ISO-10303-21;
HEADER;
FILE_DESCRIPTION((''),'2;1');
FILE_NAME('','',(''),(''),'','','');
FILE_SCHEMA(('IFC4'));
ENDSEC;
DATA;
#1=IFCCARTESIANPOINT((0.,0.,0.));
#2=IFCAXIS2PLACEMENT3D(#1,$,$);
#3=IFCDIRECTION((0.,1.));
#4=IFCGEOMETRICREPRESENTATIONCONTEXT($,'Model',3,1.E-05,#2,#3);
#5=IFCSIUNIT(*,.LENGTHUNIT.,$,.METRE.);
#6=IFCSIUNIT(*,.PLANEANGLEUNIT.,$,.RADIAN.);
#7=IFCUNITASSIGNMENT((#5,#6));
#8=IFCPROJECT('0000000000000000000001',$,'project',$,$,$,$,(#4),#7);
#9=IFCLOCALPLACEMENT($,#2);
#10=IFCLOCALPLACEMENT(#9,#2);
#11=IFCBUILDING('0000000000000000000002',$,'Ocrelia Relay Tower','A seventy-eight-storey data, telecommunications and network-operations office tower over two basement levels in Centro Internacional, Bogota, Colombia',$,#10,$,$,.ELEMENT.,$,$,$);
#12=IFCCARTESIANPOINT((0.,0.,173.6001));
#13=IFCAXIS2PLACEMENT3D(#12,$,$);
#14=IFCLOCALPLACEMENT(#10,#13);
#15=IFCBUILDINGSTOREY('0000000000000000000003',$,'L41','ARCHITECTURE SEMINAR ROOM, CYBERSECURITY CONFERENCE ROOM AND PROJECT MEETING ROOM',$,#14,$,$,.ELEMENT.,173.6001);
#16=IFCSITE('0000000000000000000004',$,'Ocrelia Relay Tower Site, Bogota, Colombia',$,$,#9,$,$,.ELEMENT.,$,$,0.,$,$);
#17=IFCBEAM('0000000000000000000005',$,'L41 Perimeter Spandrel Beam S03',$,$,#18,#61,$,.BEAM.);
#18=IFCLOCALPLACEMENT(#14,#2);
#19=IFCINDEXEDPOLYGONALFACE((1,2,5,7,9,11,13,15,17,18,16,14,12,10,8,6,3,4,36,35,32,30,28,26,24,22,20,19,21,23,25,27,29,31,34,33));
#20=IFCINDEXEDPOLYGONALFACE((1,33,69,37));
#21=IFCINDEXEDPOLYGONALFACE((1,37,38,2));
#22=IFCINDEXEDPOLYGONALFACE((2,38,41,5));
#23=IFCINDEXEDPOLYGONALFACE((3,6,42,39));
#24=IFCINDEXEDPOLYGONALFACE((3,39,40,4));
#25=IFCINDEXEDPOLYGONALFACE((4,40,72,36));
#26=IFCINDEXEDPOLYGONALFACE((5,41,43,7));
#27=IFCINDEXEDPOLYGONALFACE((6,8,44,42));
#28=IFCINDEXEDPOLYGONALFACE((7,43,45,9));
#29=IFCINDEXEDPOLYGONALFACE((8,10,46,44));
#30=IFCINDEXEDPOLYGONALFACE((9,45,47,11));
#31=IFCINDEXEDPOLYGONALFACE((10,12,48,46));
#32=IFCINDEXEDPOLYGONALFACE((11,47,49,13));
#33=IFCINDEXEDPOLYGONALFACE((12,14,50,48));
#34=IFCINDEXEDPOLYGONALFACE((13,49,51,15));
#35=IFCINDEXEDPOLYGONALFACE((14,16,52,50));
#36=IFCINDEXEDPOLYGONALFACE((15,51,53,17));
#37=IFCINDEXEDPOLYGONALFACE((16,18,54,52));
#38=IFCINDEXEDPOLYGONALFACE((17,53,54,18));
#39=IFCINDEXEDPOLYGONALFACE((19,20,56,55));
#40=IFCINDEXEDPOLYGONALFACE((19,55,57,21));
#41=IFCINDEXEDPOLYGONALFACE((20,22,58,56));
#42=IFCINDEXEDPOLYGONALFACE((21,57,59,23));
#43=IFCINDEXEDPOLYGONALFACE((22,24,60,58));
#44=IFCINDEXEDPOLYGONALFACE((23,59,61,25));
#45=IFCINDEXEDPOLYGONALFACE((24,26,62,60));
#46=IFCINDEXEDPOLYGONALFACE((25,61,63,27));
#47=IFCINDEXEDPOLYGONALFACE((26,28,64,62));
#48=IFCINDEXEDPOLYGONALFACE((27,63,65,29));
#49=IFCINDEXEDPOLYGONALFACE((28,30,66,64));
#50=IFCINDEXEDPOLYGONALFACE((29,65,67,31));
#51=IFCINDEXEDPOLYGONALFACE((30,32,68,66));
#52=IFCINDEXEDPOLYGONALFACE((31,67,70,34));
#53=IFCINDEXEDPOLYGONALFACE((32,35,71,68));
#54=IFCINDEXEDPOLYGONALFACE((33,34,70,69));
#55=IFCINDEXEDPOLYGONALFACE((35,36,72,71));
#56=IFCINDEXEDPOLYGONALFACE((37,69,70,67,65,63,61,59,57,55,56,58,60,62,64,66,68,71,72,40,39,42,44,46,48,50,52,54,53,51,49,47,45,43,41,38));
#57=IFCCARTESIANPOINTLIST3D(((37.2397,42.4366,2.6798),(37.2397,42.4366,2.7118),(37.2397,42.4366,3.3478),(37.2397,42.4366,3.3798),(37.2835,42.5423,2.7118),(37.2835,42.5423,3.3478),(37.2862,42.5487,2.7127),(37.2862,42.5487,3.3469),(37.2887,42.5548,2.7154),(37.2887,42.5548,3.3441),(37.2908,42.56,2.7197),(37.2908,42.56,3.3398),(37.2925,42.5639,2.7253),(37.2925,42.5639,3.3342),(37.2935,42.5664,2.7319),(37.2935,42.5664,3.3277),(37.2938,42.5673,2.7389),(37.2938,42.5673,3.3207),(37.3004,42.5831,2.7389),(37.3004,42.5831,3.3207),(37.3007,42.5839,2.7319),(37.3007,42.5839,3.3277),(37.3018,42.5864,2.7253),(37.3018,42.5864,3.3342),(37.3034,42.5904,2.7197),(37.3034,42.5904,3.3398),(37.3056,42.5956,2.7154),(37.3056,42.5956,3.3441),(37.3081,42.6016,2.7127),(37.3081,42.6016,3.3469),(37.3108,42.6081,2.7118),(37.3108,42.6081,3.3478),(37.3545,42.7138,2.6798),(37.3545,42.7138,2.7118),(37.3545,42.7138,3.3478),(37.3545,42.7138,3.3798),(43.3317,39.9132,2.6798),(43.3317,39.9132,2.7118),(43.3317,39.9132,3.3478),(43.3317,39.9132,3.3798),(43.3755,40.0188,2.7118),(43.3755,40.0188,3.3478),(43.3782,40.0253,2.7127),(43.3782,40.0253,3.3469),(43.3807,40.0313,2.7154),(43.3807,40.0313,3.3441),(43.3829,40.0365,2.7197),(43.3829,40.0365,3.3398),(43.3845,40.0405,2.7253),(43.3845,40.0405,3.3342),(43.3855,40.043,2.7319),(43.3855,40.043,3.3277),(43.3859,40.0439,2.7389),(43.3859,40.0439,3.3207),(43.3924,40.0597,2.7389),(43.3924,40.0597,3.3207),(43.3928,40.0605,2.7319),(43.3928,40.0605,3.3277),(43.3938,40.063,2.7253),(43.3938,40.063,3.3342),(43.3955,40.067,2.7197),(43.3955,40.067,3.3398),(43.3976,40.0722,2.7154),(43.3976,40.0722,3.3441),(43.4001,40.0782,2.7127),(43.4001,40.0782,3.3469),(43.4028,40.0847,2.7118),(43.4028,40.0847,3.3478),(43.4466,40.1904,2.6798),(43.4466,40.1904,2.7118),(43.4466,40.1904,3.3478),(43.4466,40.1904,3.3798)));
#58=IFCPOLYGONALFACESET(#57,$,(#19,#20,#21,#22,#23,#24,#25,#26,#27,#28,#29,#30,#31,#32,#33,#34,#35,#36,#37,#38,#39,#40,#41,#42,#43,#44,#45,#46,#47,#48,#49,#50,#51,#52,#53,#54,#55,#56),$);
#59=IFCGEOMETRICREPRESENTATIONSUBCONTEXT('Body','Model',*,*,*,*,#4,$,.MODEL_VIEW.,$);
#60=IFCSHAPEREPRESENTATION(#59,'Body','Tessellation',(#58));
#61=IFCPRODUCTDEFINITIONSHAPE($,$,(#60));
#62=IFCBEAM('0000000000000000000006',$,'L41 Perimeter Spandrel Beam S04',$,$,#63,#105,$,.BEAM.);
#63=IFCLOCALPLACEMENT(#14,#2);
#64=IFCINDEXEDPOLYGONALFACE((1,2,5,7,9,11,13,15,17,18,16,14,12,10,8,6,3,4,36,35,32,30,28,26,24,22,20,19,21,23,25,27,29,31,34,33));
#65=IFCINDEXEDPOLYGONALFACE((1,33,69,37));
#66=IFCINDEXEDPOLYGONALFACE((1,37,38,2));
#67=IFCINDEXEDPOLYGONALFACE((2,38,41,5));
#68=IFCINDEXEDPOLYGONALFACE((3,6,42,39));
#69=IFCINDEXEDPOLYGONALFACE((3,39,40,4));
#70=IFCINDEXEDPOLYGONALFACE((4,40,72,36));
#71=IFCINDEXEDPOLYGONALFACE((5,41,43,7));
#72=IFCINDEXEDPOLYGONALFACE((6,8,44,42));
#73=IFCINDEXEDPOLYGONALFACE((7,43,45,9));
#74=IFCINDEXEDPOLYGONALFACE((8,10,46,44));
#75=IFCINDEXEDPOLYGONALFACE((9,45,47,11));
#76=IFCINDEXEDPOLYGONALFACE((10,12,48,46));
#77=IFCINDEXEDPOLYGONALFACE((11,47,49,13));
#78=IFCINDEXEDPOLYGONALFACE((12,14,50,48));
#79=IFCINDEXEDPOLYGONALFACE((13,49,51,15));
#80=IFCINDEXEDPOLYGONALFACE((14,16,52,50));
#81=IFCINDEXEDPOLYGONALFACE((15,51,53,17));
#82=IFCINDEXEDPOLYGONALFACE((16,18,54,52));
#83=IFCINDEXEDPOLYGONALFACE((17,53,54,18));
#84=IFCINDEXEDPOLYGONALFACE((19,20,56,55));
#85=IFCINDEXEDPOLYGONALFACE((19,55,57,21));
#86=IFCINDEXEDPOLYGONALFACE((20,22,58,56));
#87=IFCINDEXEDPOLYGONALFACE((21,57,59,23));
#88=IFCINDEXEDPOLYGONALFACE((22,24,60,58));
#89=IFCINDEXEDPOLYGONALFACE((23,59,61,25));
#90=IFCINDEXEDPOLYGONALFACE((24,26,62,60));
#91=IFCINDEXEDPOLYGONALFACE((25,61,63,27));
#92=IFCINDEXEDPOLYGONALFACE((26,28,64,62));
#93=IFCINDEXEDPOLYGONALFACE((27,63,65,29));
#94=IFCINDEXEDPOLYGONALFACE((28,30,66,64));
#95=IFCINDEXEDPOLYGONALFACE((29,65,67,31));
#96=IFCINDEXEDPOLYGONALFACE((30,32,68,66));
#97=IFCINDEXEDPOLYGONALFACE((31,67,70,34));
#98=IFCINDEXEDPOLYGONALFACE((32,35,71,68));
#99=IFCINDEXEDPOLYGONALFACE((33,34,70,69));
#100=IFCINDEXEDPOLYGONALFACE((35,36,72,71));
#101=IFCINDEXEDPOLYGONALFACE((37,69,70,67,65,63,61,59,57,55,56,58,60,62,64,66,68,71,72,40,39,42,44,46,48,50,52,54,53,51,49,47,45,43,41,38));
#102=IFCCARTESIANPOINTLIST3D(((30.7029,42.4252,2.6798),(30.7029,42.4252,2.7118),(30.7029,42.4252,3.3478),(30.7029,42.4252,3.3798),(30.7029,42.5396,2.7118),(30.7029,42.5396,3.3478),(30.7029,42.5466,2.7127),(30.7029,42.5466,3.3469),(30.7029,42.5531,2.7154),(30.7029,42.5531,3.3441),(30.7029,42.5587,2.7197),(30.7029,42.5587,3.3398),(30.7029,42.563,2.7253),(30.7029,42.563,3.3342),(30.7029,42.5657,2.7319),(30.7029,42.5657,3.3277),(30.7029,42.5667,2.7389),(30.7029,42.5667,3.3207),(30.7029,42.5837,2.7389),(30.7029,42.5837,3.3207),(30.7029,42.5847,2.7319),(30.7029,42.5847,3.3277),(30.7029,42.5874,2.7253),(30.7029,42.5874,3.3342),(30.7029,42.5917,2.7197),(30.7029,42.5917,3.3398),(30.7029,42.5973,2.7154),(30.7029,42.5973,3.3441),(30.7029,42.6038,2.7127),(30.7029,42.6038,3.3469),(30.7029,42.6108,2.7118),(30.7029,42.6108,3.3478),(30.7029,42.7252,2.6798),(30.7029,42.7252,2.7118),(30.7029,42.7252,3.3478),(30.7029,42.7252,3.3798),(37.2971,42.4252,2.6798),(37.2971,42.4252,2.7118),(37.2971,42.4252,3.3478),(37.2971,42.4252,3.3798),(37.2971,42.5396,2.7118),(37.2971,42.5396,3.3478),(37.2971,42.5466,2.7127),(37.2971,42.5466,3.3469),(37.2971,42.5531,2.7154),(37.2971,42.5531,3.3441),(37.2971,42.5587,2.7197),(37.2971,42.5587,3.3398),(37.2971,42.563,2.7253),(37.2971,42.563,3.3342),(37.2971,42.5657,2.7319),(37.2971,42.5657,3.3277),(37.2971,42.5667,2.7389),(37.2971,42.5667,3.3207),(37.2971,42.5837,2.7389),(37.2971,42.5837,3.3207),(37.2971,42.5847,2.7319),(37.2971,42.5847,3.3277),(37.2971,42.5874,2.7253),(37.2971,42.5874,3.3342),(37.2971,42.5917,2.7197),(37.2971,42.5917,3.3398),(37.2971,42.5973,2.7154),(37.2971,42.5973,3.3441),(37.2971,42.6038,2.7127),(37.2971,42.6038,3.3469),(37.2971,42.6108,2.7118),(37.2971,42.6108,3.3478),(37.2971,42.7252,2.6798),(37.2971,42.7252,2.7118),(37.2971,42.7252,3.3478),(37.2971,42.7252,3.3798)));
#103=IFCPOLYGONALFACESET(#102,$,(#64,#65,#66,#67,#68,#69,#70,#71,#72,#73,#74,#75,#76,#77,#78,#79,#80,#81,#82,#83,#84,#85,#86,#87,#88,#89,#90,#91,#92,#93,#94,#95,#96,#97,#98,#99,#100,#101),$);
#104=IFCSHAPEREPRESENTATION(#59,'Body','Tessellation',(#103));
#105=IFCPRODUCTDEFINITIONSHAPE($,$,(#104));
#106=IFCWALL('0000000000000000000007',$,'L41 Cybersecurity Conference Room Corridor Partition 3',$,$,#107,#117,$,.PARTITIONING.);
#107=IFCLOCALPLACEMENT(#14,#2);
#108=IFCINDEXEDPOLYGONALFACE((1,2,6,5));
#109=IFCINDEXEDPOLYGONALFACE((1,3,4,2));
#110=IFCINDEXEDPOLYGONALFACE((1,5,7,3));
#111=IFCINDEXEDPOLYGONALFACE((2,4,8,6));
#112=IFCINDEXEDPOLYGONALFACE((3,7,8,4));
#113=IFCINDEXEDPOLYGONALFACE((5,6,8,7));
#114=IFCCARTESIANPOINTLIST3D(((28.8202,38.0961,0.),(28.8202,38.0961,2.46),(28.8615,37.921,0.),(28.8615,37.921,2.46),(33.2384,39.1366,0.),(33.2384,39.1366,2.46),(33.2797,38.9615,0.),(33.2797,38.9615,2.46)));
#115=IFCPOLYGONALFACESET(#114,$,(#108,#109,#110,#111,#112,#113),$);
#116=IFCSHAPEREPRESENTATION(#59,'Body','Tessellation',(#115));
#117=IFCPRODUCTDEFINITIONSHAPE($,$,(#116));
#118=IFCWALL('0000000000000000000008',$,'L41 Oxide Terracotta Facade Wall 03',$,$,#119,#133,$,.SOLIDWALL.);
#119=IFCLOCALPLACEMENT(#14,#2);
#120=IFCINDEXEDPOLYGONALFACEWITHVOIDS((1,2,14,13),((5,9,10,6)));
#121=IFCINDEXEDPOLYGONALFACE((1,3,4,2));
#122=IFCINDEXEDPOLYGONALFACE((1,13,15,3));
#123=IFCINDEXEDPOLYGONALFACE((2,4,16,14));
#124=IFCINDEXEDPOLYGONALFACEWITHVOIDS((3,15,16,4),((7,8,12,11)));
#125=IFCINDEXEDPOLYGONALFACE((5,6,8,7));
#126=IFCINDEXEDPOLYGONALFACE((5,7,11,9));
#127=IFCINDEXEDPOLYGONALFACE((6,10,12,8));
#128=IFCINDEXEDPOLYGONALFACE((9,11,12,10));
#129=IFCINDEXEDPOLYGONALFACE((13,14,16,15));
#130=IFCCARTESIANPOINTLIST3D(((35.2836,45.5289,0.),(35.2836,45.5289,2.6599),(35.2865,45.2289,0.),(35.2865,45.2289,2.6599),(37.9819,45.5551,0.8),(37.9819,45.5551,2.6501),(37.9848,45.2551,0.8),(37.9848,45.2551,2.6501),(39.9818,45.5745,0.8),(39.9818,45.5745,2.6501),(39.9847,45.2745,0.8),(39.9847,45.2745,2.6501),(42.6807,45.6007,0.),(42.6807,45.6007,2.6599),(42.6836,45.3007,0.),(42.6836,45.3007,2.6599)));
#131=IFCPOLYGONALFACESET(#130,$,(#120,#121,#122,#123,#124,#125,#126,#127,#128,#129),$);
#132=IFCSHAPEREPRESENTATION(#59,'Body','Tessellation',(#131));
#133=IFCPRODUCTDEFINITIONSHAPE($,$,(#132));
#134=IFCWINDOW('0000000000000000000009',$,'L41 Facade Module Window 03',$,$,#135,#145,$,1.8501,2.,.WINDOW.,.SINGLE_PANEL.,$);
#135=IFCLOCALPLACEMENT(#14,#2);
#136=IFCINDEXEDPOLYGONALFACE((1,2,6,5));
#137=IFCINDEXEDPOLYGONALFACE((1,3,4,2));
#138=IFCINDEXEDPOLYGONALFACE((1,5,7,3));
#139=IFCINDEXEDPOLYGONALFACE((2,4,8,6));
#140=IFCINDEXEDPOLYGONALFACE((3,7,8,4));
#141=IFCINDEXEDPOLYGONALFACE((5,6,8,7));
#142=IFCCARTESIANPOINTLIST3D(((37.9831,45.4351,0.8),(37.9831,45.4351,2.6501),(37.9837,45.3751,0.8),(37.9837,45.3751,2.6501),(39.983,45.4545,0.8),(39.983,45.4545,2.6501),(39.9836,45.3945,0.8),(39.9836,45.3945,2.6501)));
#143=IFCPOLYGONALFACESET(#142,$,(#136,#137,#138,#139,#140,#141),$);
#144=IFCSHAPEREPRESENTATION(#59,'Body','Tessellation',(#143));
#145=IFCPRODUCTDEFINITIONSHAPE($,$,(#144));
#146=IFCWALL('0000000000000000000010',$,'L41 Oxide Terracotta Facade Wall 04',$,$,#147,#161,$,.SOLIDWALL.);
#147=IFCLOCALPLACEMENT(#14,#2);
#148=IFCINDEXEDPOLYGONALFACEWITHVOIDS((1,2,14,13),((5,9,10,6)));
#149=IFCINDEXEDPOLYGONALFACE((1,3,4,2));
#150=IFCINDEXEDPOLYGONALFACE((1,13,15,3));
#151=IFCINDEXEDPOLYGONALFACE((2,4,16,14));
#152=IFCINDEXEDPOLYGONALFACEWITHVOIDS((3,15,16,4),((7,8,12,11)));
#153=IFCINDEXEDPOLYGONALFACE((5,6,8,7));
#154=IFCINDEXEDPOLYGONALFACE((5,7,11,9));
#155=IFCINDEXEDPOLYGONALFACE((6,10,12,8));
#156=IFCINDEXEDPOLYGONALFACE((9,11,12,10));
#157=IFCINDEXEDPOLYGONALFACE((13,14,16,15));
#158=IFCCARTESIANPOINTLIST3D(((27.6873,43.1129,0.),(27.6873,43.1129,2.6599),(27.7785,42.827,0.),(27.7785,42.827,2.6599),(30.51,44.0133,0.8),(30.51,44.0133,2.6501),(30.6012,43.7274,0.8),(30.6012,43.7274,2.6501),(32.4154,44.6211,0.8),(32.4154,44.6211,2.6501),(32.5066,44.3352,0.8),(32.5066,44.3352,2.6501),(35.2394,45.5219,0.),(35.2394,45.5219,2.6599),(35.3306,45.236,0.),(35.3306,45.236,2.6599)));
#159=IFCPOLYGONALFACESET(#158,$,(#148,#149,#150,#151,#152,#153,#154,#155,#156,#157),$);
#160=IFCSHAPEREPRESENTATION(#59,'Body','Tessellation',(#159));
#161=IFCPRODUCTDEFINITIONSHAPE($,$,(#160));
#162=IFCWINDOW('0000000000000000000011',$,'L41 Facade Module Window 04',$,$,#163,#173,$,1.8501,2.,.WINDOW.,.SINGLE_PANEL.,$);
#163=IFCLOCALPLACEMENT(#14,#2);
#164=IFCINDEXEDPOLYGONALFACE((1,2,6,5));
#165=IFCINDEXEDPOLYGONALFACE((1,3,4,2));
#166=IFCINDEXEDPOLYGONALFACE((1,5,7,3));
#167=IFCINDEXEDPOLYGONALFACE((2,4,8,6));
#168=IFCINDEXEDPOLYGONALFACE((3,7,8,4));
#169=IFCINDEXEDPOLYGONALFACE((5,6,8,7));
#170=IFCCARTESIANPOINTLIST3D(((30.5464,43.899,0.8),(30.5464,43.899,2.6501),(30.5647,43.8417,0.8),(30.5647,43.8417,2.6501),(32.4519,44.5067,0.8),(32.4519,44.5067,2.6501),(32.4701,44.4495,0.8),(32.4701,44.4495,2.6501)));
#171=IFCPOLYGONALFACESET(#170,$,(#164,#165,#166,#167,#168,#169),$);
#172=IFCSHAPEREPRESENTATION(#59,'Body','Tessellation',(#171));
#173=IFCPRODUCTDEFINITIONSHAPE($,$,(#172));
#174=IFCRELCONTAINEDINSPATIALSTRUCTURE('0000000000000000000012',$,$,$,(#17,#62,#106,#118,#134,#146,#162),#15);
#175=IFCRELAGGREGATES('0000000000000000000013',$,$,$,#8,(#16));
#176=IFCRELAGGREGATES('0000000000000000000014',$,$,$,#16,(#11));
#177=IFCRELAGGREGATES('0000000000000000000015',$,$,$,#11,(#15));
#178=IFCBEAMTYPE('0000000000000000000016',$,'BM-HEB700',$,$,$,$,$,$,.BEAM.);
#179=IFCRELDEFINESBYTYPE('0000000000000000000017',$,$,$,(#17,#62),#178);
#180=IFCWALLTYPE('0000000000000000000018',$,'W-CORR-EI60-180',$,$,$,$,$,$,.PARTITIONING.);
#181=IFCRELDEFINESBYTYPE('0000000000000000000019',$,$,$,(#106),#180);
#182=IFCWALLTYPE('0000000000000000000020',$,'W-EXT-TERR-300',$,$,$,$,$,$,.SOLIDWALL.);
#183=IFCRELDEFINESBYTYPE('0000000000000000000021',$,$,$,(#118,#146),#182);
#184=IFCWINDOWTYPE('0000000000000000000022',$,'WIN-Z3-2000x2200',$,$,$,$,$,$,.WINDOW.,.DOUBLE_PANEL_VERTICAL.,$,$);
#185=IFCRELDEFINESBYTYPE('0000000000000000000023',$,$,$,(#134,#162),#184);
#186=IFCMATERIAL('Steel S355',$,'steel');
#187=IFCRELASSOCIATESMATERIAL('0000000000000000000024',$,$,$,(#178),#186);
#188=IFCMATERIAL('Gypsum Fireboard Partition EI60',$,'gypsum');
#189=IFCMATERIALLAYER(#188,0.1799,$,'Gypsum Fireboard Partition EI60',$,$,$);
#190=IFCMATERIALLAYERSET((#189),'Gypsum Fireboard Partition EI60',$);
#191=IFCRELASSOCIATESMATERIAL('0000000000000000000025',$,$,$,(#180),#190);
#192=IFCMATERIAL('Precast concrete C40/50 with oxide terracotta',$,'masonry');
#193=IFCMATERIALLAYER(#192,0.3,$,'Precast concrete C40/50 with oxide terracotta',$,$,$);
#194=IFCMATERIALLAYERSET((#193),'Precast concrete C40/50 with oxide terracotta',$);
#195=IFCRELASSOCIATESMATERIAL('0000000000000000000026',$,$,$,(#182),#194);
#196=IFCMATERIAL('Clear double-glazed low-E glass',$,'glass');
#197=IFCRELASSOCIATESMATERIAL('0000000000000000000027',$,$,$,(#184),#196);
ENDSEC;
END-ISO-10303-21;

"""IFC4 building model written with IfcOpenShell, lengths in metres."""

from ifc_helpers import new_model, si_unit, direction, frame, frame_2d, origin, origin_2d, place, context, subcontext, project, spatial, rectangle, i_section, extrude, material, layer, layer_set, material_profile, profile_set, type_object, element, fill, save


model = new_model("IFC4")

# Units and contexts
model_context = context("Model", 3, precision=1e-05, world=origin(), true_north=direction((0.0, 1.0)))
body_context = subcontext(model_context, "Body", "Model", "MODEL_VIEW")
ifc_project = project(units=[si_unit("LENGTHUNIT", "METRE"), si_unit("PLANEANGLEUNIT", "RADIAN")], contexts=[model_context])

# Site, building, storey
site_placement = place(None, origin())
site = spatial("IfcSite", under=ifc_project, at=site_placement, Name="Ocrelia Relay Tower Site, Bogota, Colombia", CompositionType="ELEMENT", RefElevation=0.0)
building_placement = place(site_placement, origin())
building = spatial("IfcBuilding", under=site, at=building_placement, Name="Ocrelia Relay Tower", Description="A seventy-eight-storey data, telecommunications and network-operations office tower over two basement levels in Centro Internacional, Bogota, Colombia", CompositionType="ELEMENT")
storey_placement = place(building_placement, frame((0.0, 0.0, 173.6001)))
storey = spatial("IfcBuildingStorey", under=building, at=storey_placement, Name="L41", Description="ARCHITECTURE SEMINAR ROOM, CYBERSECURITY CONFERENCE ROOM AND PROJECT MEETING ROOM", CompositionType="ELEMENT", Elevation=173.6001)

# Beams
ifc_material_1 = material(Name="Steel S355", Category="steel")
ifc_material_profile_1 = material_profile(ifc_material_1, i_section(OverallWidth=0.3, OverallDepth=0.7, WebThickness=0.0171, FlangeThickness=0.032, FilletRadius=0.0271, at=origin_2d()), Name="HEB 700")
ifc_profile_set_1 = profile_set([ifc_material_profile_1], Name="Steel S355")
beam_type_1 = type_object("IfcBeamType", Name="BM-HEB700", PredefinedType="BEAM", material=ifc_profile_set_1)
beam_1_placement = place(storey_placement, frame((43.3892, 40.0518, 3.0298), z_axis=(-0.923878, 0.382688, 0.0), x_axis=(-0.382688, -0.923878, 0.0)))
element("IfcBeam", 1, at=beam_1_placement, inside=storey, type_object=beam_type_1, Name="L41 Perimeter Spandrel Beam S03", PredefinedType="BEAM", context=body_context, shape_type="SweptSolid", body=[
    extrude(i_section(OverallWidth=0.3, OverallDepth=0.7, WebThickness=0.0171, FlangeThickness=0.032, FilletRadius=0.0271, at=origin_2d()), origin(), (0.0, 0.0, 1.0), 6.594),
])
beam_2_placement = place(storey_placement, frame((37.2971, 42.5752, 3.0298), z_axis=(-1.0, 0.0, 0.0), x_axis=(0.0, -1.0, 0.0)))
element("IfcBeam", 2, at=beam_2_placement, inside=storey, type_object=beam_type_1, Name="L41 Perimeter Spandrel Beam S04", PredefinedType="BEAM", context=body_context, shape_type="SweptSolid", body=[
    extrude(i_section(OverallWidth=0.3, OverallDepth=0.7, WebThickness=0.0171, FlangeThickness=0.032, FilletRadius=0.0271, at=origin_2d()), origin(), (0.0, 0.0, 1.0), 6.5942),
])

# Wall
ifc_material_2 = material(Name="Gypsum Fireboard Partition EI60", Category="gypsum")
ifc_layer_1 = layer(ifc_material_2, 0.1799, Name="Gypsum Fireboard Partition EI60")
ifc_layer_set_1 = layer_set([ifc_layer_1], Name="Gypsum Fireboard Partition EI60")
wall_type_1 = type_object("IfcWallType", Name="W-CORR-EI60-180", PredefinedType="PARTITIONING", material=ifc_layer_set_1)
wall_1_placement = place(storey_placement, frame((33.259, 39.0491, 0.0), z_axis=(0.0, 0.0, 1.0), x_axis=(-0.973371, -0.229237, 0.0)))
element("IfcWall", 3, at=wall_1_placement, inside=storey, type_object=wall_type_1, Name="L41 Cybersecurity Conference Room Corridor Partition 3", PredefinedType="PARTITIONING", context=body_context, shape_type="SweptSolid", body=[
    extrude(rectangle(XDim=4.5391, YDim=0.1799, at=frame_2d((2.2695, 0.0))), origin(), (0.0, 0.0, 1.0), 2.46),
])

# Walls, openings, windows
ifc_material_3 = material(Name="Precast concrete C40/50 with oxide terracotta", Category="masonry")
ifc_layer_2 = layer(ifc_material_3, 0.3, Name="Precast concrete C40/50 with oxide terracotta")
ifc_layer_set_2 = layer_set([ifc_layer_2], Name="Precast concrete C40/50 with oxide terracotta")
wall_type_2 = type_object("IfcWallType", Name="W-EXT-TERR-300", PredefinedType="SOLIDWALL", material=ifc_layer_set_2)
wall_2_placement = place(storey_placement, frame((42.6821, 45.4507, 0.0), z_axis=(0.0, 0.0, 1.0), x_axis=(-0.999953, -0.009703, 0.0)))
wall_2 = element("IfcWall", 4, at=wall_2_placement, inside=storey, type_object=wall_type_2, Name="L41 Oxide Terracotta Facade Wall 03", PredefinedType="SOLIDWALL", context=body_context, shape_type="SweptSolid", body=[
    extrude(rectangle(XDim=7.3975, YDim=0.3, at=frame_2d((3.6987, 0.0))), origin(), (0.0, 0.0, 1.0), 2.6599),
])
opening_1_placement = place(wall_2_placement, frame((2.699, 0.0, 0.8)))
opening_1 = element("IfcOpeningElement", 5, at=opening_1_placement, cuts=wall_2, PredefinedType="OPENING", context=body_context, shape_type="SweptSolid", body=[
    extrude(rectangle(XDim=2.0, YDim=1.8501, at=frame_2d((1.0, 0.925))), frame((0.0, 0.1602, 0.0), z_axis=(0.0, -1.0, 0.0), x_axis=(1.0, 0.0, 0.0)), (0.0, 0.0, 1.0), 0.3201),
])
ifc_material_4 = material(Name="Clear double-glazed low-E glass", Category="glass")
window_type = type_object("IfcWindowType", Name="WIN-Z3-2000x2200", PartitioningType="DOUBLE_PANEL_VERTICAL", PredefinedType="WINDOW", material=ifc_material_4)
window_1_placement = place(opening_1_placement, origin())
window_1 = element("IfcWindow", 6, at=window_1_placement, inside=storey, type_object=window_type, Name="L41 Facade Module Window 03", OverallHeight=1.8501, OverallWidth=2.0, PartitioningType="SINGLE_PANEL", PredefinedType="WINDOW", context=body_context, shape_type="SweptSolid", body=[
    extrude(rectangle(XDim=2.0, YDim=1.8501, at=frame_2d((1.0, 0.925))), frame((0.0, 0.03, 0.0), z_axis=(0.0, -1.0, 0.0), x_axis=(1.0, 0.0, 0.0)), (0.0, 0.0, 1.0), 0.0601),
])
fill(opening_1, window_1)
wall_3_placement = place(storey_placement, frame((35.2849, 45.3789, 0.0), z_axis=(0.0, 0.0, 1.0), x_axis=(-0.952706, -0.303894, 0.0)))
wall_3 = element("IfcWall", 7, at=wall_3_placement, inside=storey, type_object=wall_type_2, Name="L41 Oxide Terracotta Facade Wall 04", PredefinedType="SOLIDWALL", context=body_context, shape_type="SweptSolid", body=[
    extrude(rectangle(XDim=7.927, YDim=0.3, at=frame_2d((3.9634, 0.0))), origin(), (0.0, 0.0, 1.0), 2.6599),
])
opening_2_placement = place(wall_3_placement, frame((2.9641, 0.0, 0.8)))
opening_2 = element("IfcOpeningElement", 8, at=opening_2_placement, cuts=wall_3, PredefinedType="OPENING", context=body_context, shape_type="SweptSolid", body=[
    extrude(rectangle(XDim=2.0, YDim=1.8501, at=frame_2d((1.0, 0.925))), frame((0.0, 0.1602, 0.0), z_axis=(0.0, -1.0, 0.0), x_axis=(1.0, 0.0, 0.0)), (0.0, 0.0, 1.0), 0.3201),
])
window_2_placement = place(opening_2_placement, origin())
window_2 = element("IfcWindow", 9, at=window_2_placement, inside=storey, type_object=window_type, Name="L41 Facade Module Window 04", OverallHeight=1.8501, OverallWidth=2.0, PartitioningType="SINGLE_PANEL", PredefinedType="WINDOW", context=body_context, shape_type="SweptSolid", body=[
    extrude(rectangle(XDim=2.0, YDim=1.8501, at=frame_2d((1.0, 0.925))), frame((0.0, 0.03, 0.0), z_axis=(0.0, -1.0, 0.0), x_axis=(1.0, 0.0, 0.0)), (0.0, 0.0, 1.0), 0.0601),
])
fill(opening_2, window_2)

save(model, "model.ifc")
